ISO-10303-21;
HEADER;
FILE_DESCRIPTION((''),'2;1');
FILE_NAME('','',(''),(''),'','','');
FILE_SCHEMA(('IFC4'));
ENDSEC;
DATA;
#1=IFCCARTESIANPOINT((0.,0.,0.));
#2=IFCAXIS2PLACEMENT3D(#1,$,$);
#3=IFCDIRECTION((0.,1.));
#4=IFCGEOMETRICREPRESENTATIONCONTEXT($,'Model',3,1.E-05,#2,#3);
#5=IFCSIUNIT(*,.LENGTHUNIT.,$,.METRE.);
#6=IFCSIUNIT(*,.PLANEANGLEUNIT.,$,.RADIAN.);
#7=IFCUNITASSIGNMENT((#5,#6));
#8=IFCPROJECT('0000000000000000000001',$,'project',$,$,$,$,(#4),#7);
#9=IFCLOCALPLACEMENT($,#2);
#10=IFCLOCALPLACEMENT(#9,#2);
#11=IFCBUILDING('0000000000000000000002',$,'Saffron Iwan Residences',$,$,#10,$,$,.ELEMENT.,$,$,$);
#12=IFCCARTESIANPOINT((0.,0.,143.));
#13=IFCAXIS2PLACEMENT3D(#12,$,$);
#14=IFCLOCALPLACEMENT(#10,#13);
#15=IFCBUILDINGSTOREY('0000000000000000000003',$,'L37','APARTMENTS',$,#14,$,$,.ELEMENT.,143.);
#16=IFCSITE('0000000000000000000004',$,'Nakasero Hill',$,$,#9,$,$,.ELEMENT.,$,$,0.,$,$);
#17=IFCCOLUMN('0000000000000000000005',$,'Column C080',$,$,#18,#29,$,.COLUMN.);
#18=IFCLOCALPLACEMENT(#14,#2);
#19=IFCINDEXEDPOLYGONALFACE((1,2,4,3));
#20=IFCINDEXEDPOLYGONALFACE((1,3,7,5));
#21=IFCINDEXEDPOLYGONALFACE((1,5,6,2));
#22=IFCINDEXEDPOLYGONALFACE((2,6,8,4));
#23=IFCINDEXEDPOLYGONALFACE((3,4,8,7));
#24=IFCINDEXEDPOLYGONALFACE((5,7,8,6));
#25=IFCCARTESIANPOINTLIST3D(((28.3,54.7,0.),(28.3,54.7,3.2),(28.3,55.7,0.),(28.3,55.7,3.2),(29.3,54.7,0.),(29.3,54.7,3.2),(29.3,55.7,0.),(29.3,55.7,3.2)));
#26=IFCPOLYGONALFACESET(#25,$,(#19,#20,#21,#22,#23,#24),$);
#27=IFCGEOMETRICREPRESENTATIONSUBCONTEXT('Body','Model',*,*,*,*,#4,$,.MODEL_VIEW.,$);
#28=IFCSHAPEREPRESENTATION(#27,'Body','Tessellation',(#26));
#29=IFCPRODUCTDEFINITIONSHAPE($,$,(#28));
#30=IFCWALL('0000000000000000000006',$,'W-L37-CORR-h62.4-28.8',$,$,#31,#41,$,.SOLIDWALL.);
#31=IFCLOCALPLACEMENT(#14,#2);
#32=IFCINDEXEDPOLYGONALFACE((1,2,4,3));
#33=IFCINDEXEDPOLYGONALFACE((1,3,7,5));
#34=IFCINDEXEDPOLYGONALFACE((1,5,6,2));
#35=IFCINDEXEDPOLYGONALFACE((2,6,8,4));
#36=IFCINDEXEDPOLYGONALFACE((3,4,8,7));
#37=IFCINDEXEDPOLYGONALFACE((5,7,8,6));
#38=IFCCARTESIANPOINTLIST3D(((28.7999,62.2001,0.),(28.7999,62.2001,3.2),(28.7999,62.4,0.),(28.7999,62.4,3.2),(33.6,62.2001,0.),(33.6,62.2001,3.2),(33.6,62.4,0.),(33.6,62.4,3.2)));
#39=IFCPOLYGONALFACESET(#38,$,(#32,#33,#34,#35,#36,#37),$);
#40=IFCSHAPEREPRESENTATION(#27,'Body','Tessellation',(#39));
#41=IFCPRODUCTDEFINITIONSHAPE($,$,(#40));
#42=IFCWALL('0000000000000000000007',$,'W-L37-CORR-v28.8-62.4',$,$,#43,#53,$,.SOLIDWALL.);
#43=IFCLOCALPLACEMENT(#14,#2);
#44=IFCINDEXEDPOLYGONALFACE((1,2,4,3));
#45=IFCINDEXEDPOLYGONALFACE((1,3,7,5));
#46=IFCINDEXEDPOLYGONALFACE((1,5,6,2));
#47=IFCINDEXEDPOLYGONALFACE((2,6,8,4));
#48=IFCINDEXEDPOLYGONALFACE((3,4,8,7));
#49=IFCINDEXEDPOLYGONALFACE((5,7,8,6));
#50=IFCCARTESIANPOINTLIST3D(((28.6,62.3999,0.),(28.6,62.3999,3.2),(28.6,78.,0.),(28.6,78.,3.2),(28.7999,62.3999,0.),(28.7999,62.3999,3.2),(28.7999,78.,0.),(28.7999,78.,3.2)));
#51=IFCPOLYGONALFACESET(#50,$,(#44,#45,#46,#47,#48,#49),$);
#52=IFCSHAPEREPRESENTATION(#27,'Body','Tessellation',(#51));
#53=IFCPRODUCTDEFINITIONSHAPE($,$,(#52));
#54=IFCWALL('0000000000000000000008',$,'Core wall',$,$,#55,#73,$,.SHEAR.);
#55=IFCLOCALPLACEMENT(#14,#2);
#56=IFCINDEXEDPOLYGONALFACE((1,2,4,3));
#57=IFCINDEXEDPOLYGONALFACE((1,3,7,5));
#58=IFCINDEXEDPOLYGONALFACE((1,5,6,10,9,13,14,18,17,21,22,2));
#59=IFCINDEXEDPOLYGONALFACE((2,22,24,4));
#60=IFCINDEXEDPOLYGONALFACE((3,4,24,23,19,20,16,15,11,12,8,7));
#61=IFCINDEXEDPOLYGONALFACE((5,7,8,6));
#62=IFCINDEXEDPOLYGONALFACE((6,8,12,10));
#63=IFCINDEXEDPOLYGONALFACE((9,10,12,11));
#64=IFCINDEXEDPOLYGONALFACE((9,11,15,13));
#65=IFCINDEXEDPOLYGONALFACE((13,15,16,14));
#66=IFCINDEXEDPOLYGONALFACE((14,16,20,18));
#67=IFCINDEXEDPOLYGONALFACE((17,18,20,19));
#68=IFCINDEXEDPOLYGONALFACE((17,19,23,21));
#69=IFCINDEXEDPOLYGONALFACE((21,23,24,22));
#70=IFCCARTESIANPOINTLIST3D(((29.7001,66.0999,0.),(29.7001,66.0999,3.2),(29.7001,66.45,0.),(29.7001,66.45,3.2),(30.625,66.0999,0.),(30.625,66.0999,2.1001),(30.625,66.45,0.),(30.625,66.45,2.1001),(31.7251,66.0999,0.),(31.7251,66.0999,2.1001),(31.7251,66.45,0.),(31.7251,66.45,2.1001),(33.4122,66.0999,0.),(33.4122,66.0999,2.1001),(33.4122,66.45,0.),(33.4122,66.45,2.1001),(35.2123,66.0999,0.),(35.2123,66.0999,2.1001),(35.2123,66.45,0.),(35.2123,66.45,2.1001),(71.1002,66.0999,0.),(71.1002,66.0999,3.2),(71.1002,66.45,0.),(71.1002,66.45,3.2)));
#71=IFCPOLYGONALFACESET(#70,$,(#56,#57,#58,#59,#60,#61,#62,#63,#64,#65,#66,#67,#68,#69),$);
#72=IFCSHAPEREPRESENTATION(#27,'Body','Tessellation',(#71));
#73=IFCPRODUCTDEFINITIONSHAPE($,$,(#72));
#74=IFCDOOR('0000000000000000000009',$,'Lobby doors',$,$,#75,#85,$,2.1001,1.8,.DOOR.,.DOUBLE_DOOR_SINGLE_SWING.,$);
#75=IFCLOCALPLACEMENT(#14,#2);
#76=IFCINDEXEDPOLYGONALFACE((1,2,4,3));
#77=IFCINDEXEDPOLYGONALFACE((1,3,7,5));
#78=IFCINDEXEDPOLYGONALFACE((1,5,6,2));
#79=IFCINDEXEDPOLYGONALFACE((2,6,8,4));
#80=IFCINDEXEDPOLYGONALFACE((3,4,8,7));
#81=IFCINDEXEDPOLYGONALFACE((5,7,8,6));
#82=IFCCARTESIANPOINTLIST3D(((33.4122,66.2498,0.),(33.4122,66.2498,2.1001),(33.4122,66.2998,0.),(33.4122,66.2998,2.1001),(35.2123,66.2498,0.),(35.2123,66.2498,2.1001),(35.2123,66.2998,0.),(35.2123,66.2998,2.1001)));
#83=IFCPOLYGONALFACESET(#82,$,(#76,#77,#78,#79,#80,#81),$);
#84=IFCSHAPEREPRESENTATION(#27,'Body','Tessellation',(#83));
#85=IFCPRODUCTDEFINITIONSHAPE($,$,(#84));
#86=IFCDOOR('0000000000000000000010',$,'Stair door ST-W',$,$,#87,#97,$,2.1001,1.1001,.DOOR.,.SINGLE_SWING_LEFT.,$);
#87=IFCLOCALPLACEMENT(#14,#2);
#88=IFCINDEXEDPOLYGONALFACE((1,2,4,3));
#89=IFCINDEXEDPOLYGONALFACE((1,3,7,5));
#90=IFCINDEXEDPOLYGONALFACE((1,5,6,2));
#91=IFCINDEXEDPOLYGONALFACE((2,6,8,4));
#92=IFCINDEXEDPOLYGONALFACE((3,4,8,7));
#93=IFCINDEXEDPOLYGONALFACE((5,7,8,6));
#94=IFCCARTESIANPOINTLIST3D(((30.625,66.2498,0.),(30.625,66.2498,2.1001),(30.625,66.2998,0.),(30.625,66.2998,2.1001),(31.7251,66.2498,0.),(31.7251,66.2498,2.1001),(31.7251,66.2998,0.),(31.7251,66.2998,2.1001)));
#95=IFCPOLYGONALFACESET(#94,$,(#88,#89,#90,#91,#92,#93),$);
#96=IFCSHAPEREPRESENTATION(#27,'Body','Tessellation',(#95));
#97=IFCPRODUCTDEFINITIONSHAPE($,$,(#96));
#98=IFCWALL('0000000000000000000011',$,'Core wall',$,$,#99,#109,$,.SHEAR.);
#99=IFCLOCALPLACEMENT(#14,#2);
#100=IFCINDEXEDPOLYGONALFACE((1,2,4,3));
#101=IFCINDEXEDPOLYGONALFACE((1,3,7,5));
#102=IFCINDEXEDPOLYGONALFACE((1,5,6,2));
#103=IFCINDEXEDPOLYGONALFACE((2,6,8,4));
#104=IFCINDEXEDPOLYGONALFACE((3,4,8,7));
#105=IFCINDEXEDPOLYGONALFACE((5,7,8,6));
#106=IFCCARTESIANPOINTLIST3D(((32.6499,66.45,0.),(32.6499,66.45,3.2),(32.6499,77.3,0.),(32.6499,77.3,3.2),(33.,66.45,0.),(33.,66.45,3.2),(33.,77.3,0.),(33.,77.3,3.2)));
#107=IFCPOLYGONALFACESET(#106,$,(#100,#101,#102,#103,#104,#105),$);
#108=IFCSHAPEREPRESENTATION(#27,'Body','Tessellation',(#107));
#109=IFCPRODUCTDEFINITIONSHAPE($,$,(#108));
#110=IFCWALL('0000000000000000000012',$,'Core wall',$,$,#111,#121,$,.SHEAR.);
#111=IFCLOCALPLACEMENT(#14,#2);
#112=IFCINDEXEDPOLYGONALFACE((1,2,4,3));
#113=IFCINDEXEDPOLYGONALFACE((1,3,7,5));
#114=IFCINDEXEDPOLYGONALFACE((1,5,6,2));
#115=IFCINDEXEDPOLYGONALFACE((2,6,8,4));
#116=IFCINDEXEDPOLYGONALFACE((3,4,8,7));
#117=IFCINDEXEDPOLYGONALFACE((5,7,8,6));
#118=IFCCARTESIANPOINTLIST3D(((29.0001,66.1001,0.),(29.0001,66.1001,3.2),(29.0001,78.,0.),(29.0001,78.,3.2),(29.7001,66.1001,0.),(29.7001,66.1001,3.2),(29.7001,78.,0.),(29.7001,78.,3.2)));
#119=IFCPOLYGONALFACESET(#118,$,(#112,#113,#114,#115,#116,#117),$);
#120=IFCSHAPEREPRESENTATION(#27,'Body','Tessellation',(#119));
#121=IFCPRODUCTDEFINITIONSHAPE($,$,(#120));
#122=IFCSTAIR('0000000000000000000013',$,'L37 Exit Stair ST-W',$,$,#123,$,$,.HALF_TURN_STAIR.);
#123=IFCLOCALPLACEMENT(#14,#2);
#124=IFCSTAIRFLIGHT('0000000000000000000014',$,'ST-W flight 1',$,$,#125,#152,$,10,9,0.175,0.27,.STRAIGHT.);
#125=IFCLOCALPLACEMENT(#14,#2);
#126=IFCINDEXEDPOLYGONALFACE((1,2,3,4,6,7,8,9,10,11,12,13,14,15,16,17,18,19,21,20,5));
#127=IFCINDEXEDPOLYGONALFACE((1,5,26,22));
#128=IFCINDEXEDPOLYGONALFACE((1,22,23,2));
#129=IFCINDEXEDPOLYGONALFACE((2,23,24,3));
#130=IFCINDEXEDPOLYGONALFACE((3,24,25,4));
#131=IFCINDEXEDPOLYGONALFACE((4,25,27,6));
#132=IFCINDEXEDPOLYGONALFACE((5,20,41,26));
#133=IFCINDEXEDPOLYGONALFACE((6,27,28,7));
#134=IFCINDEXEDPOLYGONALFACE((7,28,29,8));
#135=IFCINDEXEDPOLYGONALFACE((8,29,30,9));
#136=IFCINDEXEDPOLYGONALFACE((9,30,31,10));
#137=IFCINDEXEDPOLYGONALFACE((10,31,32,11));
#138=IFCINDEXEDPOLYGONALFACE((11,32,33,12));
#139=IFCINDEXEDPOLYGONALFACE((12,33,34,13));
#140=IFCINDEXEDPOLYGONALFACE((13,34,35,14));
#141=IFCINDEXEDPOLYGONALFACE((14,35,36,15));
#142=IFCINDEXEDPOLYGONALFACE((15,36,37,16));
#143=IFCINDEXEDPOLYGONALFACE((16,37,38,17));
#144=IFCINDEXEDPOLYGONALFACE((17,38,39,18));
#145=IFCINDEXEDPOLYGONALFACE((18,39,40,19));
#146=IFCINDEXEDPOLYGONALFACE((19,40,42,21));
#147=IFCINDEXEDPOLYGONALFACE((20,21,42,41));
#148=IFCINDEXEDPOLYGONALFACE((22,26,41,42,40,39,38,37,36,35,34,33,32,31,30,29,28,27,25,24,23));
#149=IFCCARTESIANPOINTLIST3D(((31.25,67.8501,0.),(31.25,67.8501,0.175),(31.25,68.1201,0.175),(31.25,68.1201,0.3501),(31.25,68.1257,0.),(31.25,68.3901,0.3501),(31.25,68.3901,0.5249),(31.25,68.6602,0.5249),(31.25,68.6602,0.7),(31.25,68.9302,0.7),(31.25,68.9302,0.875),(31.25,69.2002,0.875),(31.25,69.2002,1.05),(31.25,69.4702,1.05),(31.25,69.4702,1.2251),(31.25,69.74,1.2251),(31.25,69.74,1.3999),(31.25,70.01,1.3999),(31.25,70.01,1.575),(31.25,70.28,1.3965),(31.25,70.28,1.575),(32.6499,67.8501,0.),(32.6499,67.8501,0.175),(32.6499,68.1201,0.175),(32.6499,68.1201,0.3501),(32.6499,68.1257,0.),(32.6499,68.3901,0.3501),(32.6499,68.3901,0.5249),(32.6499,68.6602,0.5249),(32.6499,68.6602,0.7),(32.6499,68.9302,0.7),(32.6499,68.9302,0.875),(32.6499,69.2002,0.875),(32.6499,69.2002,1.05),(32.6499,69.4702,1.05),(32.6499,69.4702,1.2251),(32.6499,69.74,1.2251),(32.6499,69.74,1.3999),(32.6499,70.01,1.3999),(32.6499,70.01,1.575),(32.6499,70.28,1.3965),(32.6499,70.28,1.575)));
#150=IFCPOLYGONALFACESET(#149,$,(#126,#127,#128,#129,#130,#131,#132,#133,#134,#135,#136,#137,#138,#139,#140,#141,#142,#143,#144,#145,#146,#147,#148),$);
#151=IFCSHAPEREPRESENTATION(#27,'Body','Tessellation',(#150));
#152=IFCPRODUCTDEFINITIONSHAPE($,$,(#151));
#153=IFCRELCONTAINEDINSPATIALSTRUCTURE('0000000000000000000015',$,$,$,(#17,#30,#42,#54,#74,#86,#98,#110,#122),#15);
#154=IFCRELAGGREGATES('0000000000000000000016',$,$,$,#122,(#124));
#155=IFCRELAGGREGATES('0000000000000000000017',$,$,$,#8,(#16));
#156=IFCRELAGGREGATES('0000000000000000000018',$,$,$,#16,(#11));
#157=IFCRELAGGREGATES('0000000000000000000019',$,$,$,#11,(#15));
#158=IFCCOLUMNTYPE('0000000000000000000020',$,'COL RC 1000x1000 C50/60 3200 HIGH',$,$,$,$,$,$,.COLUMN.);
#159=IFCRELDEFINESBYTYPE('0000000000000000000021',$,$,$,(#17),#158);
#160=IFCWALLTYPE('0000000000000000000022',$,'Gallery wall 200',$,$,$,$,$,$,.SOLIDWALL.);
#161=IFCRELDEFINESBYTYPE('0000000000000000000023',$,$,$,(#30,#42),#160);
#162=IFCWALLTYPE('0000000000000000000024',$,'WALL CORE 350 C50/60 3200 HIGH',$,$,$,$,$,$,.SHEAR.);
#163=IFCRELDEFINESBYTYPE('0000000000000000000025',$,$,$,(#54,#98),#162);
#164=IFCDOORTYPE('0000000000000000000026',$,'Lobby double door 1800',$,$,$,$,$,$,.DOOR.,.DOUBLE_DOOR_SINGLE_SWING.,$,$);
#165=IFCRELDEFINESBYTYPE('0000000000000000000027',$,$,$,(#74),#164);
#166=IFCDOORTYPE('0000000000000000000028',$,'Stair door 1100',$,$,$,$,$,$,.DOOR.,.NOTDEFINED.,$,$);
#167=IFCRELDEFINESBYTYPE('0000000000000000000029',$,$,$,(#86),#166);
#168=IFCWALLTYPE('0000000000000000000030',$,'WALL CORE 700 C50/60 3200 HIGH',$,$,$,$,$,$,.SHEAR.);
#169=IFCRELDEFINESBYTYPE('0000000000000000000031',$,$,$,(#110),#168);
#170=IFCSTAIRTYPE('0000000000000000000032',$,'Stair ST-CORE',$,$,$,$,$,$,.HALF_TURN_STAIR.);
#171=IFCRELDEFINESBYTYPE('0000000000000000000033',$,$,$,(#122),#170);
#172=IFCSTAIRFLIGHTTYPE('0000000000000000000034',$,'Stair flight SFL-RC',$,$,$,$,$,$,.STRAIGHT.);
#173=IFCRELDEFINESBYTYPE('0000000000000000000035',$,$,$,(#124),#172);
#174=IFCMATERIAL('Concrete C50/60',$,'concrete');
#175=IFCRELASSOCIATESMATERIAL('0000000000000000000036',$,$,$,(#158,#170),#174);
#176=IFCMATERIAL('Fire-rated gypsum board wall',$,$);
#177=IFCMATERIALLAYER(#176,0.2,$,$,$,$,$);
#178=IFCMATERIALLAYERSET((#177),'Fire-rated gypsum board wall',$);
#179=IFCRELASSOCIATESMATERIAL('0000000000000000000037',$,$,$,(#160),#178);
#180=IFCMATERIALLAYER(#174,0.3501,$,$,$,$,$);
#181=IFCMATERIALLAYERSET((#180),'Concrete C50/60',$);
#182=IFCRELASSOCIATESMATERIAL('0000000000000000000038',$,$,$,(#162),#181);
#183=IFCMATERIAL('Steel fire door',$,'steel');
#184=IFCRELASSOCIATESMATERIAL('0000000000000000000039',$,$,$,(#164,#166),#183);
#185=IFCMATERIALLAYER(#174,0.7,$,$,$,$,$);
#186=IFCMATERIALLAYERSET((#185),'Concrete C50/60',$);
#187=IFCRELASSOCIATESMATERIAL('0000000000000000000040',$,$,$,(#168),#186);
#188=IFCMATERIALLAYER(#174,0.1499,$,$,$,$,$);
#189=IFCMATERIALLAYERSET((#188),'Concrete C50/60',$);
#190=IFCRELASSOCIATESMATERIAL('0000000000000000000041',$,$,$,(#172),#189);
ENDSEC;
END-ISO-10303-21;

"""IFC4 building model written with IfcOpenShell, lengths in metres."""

from ifc_helpers import new_model, si_unit, direction, frame, frame_2d, origin, origin_2d, place, context, subcontext, project, spatial, polyline, rectangle, outline, extrude, source, transform, mapped, material, layer, layer_set, material_profile, profile_set, type_object, element, fill, aggregate, save


model = new_model("IFC4")

# Units and contexts
model_context = context("Model", 3, precision=1e-05, world=origin(), true_north=direction((0.0, 1.0)))
body_context = subcontext(model_context, "Body", "Model", "MODEL_VIEW")
ifc_project = project(units=[si_unit("LENGTHUNIT", "METRE"), si_unit("PLANEANGLEUNIT", "RADIAN")], contexts=[model_context])

# Site, building, storey
site_placement = place(None, origin())
site = spatial("IfcSite", under=ifc_project, at=site_placement, Name="Nakasero Hill", CompositionType="ELEMENT", RefElevation=0.0)
building_placement = place(site_placement, origin())
building = spatial("IfcBuilding", under=site, at=building_placement, Name="Saffron Iwan Residences", CompositionType="ELEMENT")
storey_placement = place(building_placement, frame((0.0, 0.0, 143.0)))
storey = spatial("IfcBuildingStorey", under=building, at=storey_placement, Name="L37", Description="APARTMENTS", CompositionType="ELEMENT", Elevation=143.0)

# Column
ifc_material_1 = material(Name="Concrete C50/60", Category="concrete")
ifc_material_profile = material_profile(ifc_material_1, rectangle(XDim=1.0, YDim=1.0, at=origin_2d()), Name="RC 1000x1000")
ifc_profile_set = profile_set([ifc_material_profile], Name="Concrete C50/60")
column_type = type_object("IfcColumnType", Name="COL RC 1000x1000 C50/60 3200 HIGH", PredefinedType="COLUMN", material=ifc_profile_set)
shared_shape = source(origin(), body_context, "Body", "SweptSolid", [
    extrude(rectangle(XDim=1.0, YDim=1.0, at=origin_2d()), origin(), (0.0, 0.0, 1.0), 3.2),
])
column_placement = place(storey_placement, frame((28.8, 55.2, 0.0), z_axis=(0.0, 0.0, 1.0), x_axis=(1.0, 0.0, 0.0)))
element("IfcColumn", 1, at=column_placement, inside=storey, type_object=column_type, Name="Column C080", PredefinedType="COLUMN", context=body_context, shape_type="MappedRepresentation", body=[
    mapped(shared_shape, transform((0.0, 0.0, 0.0))),
])

# Walls
ifc_material_2 = material(Name="Fire-rated gypsum board wall")
ifc_layer_1 = layer(ifc_material_2, 0.2)
ifc_layer_set_1 = layer_set([ifc_layer_1], Name="Fire-rated gypsum board wall")
wall_type_1 = type_object("IfcWallType", Name="Gallery wall 200", PredefinedType="SOLIDWALL", material=ifc_layer_set_1)
wall_1_placement = place(storey_placement, frame((28.8, 62.3, 0.0), z_axis=(0.0, 0.0, 1.0), x_axis=(1.0, 0.0, 0.0)))
element("IfcWall", 2, at=wall_1_placement, inside=storey, type_object=wall_type_1, Name="W-L37-CORR-h62.4-28.8", PredefinedType="SOLIDWALL", context=body_context, shape_type="SweptSolid", body=[
    extrude(rectangle(XDim=4.8, YDim=0.2, at=frame_2d((2.3999, 0.0))), origin(), (0.0, 0.0, 1.0), 3.2),
])
wall_2_placement = place(storey_placement, frame((28.7, 62.3999, 0.0), z_axis=(0.0, 0.0, 1.0), x_axis=(0.0, 1.0, 0.0)))
element("IfcWall", 3, at=wall_2_placement, inside=storey, type_object=wall_type_1, Name="W-L37-CORR-v28.8-62.4", PredefinedType="SOLIDWALL", context=body_context, shape_type="SweptSolid", body=[
    extrude(rectangle(XDim=15.6001, YDim=0.2, at=frame_2d((7.8, 0.0))), origin(), (0.0, 0.0, 1.0), 3.2),
])

# Wall, openings, doors
ifc_layer_2 = layer(ifc_material_1, 0.3501)
ifc_layer_set_2 = layer_set([ifc_layer_2], Name="Concrete C50/60")
wall_type_2 = type_object("IfcWallType", Name="WALL CORE 350 C50/60 3200 HIGH", PredefinedType="SHEAR", material=ifc_layer_set_2)
wall_3_placement = place(storey_placement, frame((29.7, 66.2749, 0.0), z_axis=(0.0, 0.0, 1.0), x_axis=(1.0, 0.0, 0.0)))
wall_3 = element("IfcWall", 4, at=wall_3_placement, inside=storey, type_object=wall_type_2, Name="Core wall", PredefinedType="SHEAR", context=body_context, shape_type="SweptSolid", body=[
    extrude(rectangle(XDim=41.4001, YDim=0.3501, at=frame_2d((20.7002, 0.0))), origin(), (0.0, 0.0, 1.0), 3.2),
])
opening_1_placement = place(wall_3_placement, frame((0.925, 0.0, 0.0)))
opening_1 = element("IfcOpeningElement", 5, at=opening_1_placement, cuts=wall_3, PredefinedType="OPENING", context=body_context, shape_type="SweptSolid", body=[
    extrude(rectangle(XDim=1.1001, YDim=2.1001, at=frame_2d((0.55, 1.05))), frame((0.0, 0.1851, 0.0), z_axis=(0.0, -1.0, 0.0), x_axis=(1.0, 0.0, 0.0)), (0.0, 0.0, 1.0), 0.3701),
])
opening_2_placement = place(wall_3_placement, frame((3.7124, 0.0, 0.0)))
opening_2 = element("IfcOpeningElement", 6, at=opening_2_placement, cuts=wall_3, PredefinedType="OPENING", context=body_context, shape_type="SweptSolid", body=[
    extrude(rectangle(XDim=1.8, YDim=2.1001, at=frame_2d((0.8999, 1.05))), frame((0.0, 0.1851, 0.0), z_axis=(0.0, -1.0, 0.0), x_axis=(1.0, 0.0, 0.0)), (0.0, 0.0, 1.0), 0.3701),
])
ifc_material_3 = material(Name="Steel fire door", Category="steel")
door_type_1 = type_object("IfcDoorType", Name="Lobby double door 1800", OperationType="DOUBLE_DOOR_SINGLE_SWING", PredefinedType="DOOR", material=ifc_material_3)
door_1_placement = place(opening_2_placement, origin())
door_1 = element("IfcDoor", 7, at=door_1_placement, inside=storey, type_object=door_type_1, Name="Lobby doors", OperationType="DOUBLE_DOOR_SINGLE_SWING", OverallHeight=2.1001, OverallWidth=1.8, PredefinedType="DOOR", context=body_context, shape_type="SweptSolid", body=[
    extrude(rectangle(XDim=1.8, YDim=2.1001, at=frame_2d((0.8999, 1.05))), frame((0.0, 0.0249, 0.0), z_axis=(0.0, -1.0, 0.0), x_axis=(1.0, 0.0, 0.0)), (0.0, 0.0, 1.0), 0.05),
])
fill(opening_2, door_1)
door_type_2 = type_object("IfcDoorType", Name="Stair door 1100", OperationType="NOTDEFINED", PredefinedType="DOOR", material=ifc_material_3)
door_2_placement = place(opening_1_placement, origin())
door_2 = element("IfcDoor", 8, at=door_2_placement, inside=storey, type_object=door_type_2, Name="Stair door ST-W", OperationType="SINGLE_SWING_LEFT", OverallHeight=2.1001, OverallWidth=1.1001, PredefinedType="DOOR", context=body_context, shape_type="SweptSolid", body=[
    extrude(rectangle(XDim=1.1001, YDim=2.1001, at=frame_2d((0.55, 1.05))), frame((0.0, 0.0249, 0.0), z_axis=(0.0, -1.0, 0.0), x_axis=(1.0, 0.0, 0.0)), (0.0, 0.0, 1.0), 0.05),
])
fill(opening_1, door_2)

# Walls
wall_4_placement = place(storey_placement, frame((32.825, 66.45, 0.0), z_axis=(0.0, 0.0, 1.0), x_axis=(0.0, 1.0, 0.0)))
element("IfcWall", 9, at=wall_4_placement, inside=storey, type_object=wall_type_2, Name="Core wall", PredefinedType="SHEAR", context=body_context, shape_type="SweptSolid", body=[
    extrude(rectangle(XDim=10.8501, YDim=0.3501, at=frame_2d((5.425, 0.0))), origin(), (0.0, 0.0, 1.0), 3.2),
])
ifc_layer_3 = layer(ifc_material_1, 0.7)
ifc_layer_set_3 = layer_set([ifc_layer_3], Name="Concrete C50/60")
wall_type_3 = type_object("IfcWallType", Name="WALL CORE 700 C50/60 3200 HIGH", PredefinedType="SHEAR", material=ifc_layer_set_3)
wall_5_placement = place(storey_placement, frame((29.3501, 66.1001, 0.0), z_axis=(0.0, 0.0, 1.0), x_axis=(0.0, 1.0, 0.0)))
element("IfcWall", 10, at=wall_5_placement, inside=storey, type_object=wall_type_3, Name="Core wall", PredefinedType="SHEAR", context=body_context, shape_type="SweptSolid", body=[
    extrude(rectangle(XDim=11.8999, YDim=0.7, at=frame_2d((5.95, 0.0))), origin(), (0.0, 0.0, 1.0), 3.2),
])

# Stair, stair flight
stair_type = type_object("IfcStairType", Name="Stair ST-CORE", PredefinedType="HALF_TURN_STAIR", material=ifc_material_1)
stair_placement = place(storey_placement, origin())
stair = element("IfcStair", 11, at=stair_placement, inside=storey, type_object=stair_type, Name="L37 Exit Stair ST-W", PredefinedType="HALF_TURN_STAIR")
ifc_layer_4 = layer(ifc_material_1, 0.1499)
ifc_layer_set_4 = layer_set([ifc_layer_4], Name="Concrete C50/60")
stair_flight_type = type_object("IfcStairFlightType", Name="Stair flight SFL-RC", PredefinedType="STRAIGHT", material=ifc_layer_set_4)
stair_flight_placement = place(storey_placement, frame((31.95, 67.8501, 0.0), z_axis=(0.0, 0.0, 1.0), x_axis=(0.0, 1.0, 0.0)))
stair_flight = element("IfcStairFlight", 12, at=stair_flight_placement, type_object=stair_flight_type, Name="ST-W flight 1", NumberOfRisers=10, NumberOfTreads=9, PredefinedType="STRAIGHT", RiserHeight=0.175, TreadLength=0.27, context=body_context, shape_type="SweptSolid", body=[
    extrude(outline(polyline([(0.0, 0.0), (0.0, 0.175), (0.27, 0.175), (0.27, 0.3501), (0.54, 0.3501), (0.54, 0.5249), (0.8101, 0.5249), (0.8101, 0.7), (1.0801, 0.7), (1.0801, 0.875), (1.3501, 0.875), (1.3501, 1.05), (1.6201, 1.05), (1.6201, 1.2251), (1.8899, 1.2251), (1.8899, 1.3999), (2.1599, 1.3999), (2.1599, 1.575), (2.4299, 1.575), (2.4299, 1.75), (2.4299, 1.3965), (0.2756, 0.0), (0.0, 0.0)])), frame((0.0, 0.7, 0.0), z_axis=(0.0, -1.0, 0.0), x_axis=(1.0, 0.0, 0.0)), (0.0, 0.0, 1.0), 1.3999),
])
aggregate(stair, [stair_flight])

save(model, "model.ifc")
